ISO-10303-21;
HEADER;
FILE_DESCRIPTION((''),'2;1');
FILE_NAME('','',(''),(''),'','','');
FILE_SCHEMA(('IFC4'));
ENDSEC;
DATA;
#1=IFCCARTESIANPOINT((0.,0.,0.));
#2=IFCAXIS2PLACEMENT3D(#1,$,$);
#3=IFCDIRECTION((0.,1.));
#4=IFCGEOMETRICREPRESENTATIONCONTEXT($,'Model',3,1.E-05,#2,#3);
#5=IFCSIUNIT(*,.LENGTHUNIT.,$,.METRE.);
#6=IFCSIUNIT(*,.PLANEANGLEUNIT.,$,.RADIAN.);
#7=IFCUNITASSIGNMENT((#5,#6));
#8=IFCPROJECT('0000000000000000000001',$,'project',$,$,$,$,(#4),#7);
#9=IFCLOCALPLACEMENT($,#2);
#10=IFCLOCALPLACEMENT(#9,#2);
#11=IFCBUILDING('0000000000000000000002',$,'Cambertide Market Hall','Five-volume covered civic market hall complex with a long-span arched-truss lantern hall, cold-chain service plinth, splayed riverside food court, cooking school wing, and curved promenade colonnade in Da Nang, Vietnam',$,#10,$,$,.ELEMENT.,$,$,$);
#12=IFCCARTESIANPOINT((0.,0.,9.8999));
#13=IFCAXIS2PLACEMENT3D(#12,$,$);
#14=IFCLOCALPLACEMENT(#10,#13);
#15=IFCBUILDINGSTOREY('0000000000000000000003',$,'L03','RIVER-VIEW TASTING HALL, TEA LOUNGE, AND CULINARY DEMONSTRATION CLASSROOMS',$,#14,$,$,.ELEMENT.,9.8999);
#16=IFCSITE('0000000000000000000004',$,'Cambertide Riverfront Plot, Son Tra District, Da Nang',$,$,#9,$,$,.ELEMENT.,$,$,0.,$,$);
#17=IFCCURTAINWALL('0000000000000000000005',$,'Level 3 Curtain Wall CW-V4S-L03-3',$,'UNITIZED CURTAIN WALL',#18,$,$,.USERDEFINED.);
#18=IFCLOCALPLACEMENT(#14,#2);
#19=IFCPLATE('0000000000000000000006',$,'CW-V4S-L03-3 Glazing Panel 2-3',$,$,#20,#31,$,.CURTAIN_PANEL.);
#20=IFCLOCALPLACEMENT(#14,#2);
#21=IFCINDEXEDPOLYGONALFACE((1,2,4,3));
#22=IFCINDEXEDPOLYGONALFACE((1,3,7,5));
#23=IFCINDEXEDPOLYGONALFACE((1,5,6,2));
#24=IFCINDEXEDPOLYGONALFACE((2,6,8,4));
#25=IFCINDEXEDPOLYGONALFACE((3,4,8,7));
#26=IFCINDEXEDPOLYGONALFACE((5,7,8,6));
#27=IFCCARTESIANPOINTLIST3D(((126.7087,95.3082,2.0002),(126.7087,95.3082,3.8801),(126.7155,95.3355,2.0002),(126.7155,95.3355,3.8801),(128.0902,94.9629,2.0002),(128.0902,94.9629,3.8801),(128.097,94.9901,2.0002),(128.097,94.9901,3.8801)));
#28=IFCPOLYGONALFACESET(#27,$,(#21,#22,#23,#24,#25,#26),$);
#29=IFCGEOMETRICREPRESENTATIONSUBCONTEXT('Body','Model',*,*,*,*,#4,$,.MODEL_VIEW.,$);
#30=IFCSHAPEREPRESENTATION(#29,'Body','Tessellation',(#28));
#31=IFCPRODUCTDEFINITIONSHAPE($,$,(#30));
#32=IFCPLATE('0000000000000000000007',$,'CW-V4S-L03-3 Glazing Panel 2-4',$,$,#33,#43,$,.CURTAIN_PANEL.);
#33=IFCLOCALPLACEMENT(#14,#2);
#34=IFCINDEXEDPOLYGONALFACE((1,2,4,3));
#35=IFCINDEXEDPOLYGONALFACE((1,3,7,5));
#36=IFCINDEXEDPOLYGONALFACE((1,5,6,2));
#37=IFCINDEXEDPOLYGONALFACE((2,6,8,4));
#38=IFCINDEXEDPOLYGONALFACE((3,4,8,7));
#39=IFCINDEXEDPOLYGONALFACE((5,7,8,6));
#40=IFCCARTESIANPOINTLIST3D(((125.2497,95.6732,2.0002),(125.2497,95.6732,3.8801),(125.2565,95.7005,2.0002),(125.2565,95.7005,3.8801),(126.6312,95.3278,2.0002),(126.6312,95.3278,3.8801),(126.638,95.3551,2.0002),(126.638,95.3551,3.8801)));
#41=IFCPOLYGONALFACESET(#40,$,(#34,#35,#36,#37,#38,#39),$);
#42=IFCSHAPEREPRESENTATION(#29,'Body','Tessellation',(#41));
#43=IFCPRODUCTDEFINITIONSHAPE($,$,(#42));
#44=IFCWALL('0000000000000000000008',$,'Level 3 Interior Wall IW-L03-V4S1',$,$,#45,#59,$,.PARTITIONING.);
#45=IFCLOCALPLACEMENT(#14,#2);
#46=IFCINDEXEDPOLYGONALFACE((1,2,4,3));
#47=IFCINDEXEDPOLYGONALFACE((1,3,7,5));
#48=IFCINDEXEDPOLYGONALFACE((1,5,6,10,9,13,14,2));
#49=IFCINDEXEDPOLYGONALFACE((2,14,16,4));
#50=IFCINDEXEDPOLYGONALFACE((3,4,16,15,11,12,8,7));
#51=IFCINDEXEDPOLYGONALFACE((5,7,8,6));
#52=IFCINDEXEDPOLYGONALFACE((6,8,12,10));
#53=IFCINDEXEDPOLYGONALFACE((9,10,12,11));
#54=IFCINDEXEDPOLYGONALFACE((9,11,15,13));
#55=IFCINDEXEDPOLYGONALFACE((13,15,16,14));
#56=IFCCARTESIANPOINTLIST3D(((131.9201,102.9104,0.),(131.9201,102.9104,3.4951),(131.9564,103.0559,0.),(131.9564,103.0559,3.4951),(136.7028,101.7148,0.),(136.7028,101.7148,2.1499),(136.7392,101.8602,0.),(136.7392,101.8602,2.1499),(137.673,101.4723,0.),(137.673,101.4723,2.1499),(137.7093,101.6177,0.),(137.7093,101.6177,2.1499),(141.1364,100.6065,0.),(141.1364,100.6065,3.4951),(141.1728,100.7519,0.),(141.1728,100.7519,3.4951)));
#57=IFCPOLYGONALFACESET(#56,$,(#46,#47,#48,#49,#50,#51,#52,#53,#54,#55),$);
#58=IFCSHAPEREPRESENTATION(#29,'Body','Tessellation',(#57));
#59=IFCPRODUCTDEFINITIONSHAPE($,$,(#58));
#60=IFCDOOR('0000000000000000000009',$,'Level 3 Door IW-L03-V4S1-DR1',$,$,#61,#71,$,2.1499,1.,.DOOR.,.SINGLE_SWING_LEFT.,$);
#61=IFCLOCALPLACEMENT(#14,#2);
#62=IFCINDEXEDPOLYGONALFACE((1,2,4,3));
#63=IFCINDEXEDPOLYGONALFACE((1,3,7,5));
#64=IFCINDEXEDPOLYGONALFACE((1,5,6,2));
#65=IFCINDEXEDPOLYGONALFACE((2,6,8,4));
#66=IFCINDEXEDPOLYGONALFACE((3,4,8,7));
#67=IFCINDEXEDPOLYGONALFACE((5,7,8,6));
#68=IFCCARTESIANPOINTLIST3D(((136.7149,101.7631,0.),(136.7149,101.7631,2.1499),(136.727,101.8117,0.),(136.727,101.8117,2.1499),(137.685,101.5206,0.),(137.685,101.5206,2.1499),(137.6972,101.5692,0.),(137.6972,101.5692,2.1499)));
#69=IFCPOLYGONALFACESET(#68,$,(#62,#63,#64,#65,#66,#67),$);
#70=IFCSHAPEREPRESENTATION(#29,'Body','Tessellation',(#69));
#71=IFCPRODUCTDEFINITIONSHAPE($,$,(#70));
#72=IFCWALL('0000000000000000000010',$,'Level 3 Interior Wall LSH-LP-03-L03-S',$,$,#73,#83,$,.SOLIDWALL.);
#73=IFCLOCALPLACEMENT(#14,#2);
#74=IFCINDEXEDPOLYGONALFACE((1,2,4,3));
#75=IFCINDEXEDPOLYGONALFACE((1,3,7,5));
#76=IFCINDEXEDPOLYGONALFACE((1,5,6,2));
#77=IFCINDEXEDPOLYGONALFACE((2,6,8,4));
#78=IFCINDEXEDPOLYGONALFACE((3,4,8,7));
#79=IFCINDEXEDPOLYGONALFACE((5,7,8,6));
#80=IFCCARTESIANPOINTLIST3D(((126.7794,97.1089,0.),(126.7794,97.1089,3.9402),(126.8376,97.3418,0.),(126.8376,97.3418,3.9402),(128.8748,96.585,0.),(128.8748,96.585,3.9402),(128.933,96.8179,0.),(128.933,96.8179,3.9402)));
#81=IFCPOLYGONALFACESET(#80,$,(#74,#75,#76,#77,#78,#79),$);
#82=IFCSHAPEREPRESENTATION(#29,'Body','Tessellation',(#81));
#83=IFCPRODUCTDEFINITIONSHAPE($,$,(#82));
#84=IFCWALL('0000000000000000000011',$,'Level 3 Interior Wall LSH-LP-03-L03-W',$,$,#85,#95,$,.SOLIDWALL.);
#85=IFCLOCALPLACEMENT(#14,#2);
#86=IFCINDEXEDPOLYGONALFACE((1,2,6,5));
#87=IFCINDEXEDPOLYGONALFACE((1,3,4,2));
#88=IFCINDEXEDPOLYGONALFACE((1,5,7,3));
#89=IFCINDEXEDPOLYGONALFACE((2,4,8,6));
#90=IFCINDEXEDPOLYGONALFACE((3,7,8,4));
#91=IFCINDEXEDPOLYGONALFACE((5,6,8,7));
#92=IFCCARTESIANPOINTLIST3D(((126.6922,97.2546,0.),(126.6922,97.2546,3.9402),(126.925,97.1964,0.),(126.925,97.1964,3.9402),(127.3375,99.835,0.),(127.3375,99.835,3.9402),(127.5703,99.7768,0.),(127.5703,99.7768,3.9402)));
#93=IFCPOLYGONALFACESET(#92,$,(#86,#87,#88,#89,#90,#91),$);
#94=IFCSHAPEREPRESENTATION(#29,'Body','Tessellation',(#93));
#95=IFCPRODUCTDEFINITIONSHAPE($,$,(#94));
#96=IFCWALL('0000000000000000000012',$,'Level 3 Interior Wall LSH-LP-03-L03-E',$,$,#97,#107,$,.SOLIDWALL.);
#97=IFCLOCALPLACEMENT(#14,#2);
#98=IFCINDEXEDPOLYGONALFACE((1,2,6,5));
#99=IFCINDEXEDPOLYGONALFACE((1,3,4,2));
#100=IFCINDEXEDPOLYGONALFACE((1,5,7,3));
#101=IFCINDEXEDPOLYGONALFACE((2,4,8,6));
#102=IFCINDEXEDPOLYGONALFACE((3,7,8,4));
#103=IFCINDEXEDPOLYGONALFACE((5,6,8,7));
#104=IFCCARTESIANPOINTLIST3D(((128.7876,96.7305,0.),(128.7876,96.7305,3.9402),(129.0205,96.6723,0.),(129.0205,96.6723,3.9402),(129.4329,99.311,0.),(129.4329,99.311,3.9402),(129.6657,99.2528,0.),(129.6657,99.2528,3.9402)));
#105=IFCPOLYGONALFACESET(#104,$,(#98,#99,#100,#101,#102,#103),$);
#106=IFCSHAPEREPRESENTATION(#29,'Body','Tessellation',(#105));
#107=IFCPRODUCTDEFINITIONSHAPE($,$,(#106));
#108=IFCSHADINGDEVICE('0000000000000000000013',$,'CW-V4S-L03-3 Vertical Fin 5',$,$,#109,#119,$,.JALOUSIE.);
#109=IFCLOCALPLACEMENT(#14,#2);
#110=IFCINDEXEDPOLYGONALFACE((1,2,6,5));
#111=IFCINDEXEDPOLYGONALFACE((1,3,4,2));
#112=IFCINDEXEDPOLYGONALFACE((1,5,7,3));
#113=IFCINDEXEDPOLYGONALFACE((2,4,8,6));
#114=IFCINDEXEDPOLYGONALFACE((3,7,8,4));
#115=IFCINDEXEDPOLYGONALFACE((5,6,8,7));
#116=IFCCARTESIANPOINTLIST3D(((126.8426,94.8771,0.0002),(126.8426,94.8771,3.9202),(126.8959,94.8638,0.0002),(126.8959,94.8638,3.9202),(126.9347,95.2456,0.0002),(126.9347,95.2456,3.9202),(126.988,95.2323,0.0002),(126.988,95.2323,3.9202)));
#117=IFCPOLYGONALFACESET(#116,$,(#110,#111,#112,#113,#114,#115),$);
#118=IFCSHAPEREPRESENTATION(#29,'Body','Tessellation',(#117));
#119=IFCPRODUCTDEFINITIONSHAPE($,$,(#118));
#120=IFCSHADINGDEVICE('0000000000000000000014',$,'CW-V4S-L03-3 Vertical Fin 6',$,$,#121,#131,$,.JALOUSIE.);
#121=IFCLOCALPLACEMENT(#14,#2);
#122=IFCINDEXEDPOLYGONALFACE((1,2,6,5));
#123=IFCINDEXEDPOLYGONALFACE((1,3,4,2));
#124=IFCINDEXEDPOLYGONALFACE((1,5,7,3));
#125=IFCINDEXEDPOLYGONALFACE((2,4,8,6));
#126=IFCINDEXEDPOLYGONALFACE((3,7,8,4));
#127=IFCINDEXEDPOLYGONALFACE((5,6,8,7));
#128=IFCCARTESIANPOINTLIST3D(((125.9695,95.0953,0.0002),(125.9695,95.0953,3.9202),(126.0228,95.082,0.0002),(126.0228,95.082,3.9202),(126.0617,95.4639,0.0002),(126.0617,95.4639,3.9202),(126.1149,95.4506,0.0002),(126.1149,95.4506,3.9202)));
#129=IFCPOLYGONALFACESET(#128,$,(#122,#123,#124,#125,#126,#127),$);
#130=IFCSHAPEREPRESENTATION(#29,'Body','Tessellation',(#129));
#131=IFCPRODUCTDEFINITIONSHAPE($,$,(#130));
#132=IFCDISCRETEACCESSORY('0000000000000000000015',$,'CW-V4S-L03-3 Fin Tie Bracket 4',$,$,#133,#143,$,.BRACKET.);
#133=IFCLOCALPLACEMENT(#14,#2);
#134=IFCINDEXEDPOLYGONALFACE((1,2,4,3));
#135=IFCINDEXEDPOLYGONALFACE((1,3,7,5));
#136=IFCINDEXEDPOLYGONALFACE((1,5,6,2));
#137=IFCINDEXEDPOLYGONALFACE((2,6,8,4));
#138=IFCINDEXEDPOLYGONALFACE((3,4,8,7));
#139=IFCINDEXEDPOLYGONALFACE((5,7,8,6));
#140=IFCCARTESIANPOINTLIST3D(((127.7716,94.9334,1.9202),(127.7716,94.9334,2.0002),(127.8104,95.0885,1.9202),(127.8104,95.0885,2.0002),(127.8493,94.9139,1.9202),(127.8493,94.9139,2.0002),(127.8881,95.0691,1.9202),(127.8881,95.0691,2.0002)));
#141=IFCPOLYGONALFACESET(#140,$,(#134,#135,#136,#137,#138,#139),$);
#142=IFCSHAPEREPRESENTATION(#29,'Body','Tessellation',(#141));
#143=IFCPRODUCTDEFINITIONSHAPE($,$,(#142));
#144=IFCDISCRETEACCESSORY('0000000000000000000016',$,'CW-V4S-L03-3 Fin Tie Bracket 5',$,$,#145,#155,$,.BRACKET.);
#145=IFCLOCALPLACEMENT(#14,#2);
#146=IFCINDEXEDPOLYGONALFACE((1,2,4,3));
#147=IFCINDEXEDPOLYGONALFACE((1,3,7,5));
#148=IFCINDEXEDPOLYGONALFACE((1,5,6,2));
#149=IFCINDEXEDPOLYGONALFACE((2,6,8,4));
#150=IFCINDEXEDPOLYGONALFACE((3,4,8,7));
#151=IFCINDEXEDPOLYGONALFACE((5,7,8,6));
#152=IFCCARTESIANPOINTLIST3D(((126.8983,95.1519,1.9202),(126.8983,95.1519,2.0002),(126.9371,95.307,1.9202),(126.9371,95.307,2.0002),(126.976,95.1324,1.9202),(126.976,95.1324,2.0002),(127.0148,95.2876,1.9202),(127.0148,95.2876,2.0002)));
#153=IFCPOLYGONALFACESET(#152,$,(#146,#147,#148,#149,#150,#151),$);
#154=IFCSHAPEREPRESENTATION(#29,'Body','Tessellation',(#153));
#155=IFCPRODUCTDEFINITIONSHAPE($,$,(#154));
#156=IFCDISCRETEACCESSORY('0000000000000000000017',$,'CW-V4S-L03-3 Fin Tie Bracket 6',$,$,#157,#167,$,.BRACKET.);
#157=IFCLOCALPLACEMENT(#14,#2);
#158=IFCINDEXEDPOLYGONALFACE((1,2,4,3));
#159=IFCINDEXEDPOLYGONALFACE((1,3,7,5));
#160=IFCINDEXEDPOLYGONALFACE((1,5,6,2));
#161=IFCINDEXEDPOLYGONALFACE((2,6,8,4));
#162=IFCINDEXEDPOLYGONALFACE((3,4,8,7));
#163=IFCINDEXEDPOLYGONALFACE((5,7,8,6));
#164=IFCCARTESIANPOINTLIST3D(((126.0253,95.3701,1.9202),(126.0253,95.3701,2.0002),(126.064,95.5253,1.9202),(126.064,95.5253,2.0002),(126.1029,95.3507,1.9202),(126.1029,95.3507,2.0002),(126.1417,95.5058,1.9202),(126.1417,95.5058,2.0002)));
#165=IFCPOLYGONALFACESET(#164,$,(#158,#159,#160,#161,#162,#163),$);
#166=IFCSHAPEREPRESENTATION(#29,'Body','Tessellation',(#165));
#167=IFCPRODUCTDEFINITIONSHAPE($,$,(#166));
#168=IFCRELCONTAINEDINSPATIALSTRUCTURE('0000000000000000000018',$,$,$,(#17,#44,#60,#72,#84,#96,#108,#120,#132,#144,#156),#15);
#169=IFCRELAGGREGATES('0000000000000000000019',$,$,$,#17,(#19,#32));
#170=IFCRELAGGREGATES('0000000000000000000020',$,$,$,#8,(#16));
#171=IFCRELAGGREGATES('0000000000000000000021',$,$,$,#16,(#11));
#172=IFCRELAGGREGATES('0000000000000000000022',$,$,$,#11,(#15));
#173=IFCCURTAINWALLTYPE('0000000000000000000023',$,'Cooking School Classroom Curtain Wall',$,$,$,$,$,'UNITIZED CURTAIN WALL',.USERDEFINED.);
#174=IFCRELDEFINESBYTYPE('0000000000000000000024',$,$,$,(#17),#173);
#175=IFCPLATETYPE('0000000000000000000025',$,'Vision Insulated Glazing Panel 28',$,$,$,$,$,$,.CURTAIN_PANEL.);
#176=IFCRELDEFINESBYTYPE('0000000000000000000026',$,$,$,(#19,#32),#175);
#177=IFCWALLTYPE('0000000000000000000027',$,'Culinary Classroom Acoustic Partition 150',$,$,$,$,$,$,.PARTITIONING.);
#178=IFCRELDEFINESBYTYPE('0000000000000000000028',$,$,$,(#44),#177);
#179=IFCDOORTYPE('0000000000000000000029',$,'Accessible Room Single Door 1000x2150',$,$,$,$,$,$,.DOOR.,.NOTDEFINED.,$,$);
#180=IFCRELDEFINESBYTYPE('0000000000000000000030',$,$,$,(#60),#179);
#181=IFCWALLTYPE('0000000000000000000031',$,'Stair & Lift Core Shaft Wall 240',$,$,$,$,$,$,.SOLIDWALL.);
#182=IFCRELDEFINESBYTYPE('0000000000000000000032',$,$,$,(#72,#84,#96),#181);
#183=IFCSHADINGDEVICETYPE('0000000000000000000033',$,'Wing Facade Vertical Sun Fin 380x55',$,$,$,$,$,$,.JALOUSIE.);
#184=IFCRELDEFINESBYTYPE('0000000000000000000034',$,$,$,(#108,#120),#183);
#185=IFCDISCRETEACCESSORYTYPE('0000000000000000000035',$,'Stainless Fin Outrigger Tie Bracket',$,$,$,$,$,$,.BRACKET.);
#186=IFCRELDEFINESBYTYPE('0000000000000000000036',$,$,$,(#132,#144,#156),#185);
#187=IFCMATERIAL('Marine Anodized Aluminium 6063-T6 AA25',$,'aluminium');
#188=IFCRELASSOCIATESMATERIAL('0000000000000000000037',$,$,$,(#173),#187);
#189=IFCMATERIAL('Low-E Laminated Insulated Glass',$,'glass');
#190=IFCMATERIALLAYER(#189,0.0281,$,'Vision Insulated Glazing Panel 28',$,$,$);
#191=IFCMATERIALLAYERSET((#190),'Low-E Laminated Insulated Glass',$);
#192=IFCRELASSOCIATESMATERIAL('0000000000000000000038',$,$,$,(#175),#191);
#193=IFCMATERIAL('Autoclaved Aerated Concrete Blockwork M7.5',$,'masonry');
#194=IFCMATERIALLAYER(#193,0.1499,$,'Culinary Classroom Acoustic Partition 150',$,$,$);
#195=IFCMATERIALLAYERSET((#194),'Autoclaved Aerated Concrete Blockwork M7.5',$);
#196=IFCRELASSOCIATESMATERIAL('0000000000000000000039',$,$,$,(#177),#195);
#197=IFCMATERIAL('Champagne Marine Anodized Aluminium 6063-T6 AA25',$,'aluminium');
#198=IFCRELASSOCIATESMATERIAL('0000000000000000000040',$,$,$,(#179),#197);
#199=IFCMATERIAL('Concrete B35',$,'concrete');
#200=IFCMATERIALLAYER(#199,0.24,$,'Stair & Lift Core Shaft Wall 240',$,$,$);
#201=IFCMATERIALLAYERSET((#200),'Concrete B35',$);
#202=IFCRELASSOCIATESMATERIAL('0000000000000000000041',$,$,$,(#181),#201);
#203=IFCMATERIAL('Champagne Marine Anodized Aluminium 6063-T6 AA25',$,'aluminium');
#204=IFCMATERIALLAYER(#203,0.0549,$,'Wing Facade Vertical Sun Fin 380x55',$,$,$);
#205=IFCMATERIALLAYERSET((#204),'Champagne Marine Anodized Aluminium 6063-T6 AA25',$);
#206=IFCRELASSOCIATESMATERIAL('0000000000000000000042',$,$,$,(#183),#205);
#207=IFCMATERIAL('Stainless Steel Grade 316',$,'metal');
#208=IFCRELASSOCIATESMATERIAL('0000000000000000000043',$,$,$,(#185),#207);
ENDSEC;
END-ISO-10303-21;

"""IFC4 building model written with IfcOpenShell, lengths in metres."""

from ifc_helpers import new_model, si_unit, direction, frame, frame_2d, origin, origin_2d, place, context, subcontext, project, spatial, rectangle, extrude, material, layer, layer_set, type_object, element, fill, aggregate, save


model = new_model("IFC4")

# Units and contexts
model_context = context("Model", 3, precision=1e-05, world=origin(), true_north=direction((0.0, 1.0)))
body_context = subcontext(model_context, "Body", "Model", "MODEL_VIEW")
ifc_project = project(units=[si_unit("LENGTHUNIT", "METRE"), si_unit("PLANEANGLEUNIT", "RADIAN")], contexts=[model_context])

# Site, building, storey
site_placement = place(None, origin())
site = spatial("IfcSite", under=ifc_project, at=site_placement, Name="Cambertide Riverfront Plot, Son Tra District, Da Nang", CompositionType="ELEMENT", RefElevation=0.0)
building_placement = place(site_placement, origin())
building = spatial("IfcBuilding", under=site, at=building_placement, Name="Cambertide Market Hall", Description="Five-volume covered civic market hall complex with a long-span arched-truss lantern hall, cold-chain service plinth, splayed riverside food court, cooking school wing, and curved promenade colonnade in Da Nang, Vietnam", CompositionType="ELEMENT")
storey_placement = place(building_placement, frame((0.0, 0.0, 9.8999)))
storey = spatial("IfcBuildingStorey", under=building, at=storey_placement, Name="L03", Description="RIVER-VIEW TASTING HALL, TEA LOUNGE, AND CULINARY DEMONSTRATION CLASSROOMS", CompositionType="ELEMENT", Elevation=9.8999)

# Curtain wall
ifc_material_1 = material(Name="Marine Anodized Aluminium 6063-T6 AA25", Category="aluminium")
curtain_wall_type = type_object("IfcCurtainWallType", Name="Cooking School Classroom Curtain Wall", ElementType="UNITIZED CURTAIN WALL", PredefinedType="USERDEFINED", material=ifc_material_1)
curtain_wall_placement = place(storey_placement, origin())
curtain_wall = element("IfcCurtainWall", 1, at=curtain_wall_placement, inside=storey, type_object=curtain_wall_type, Name="Level 3 Curtain Wall CW-V4S-L03-3", ObjectType="UNITIZED CURTAIN WALL", PredefinedType="USERDEFINED")

# Plates
ifc_material_2 = material(Name="Low-E Laminated Insulated Glass", Category="glass")
ifc_layer_1 = layer(ifc_material_2, 0.0281, Name="Vision Insulated Glazing Panel 28")
ifc_layer_set_1 = layer_set([ifc_layer_1], Name="Low-E Laminated Insulated Glass")
plate_type = type_object("IfcPlateType", Name="Vision Insulated Glazing Panel 28", PredefinedType="CURTAIN_PANEL", material=ifc_layer_set_1)
plate_1_placement = place(storey_placement, frame((127.4028, 95.1492, 2.0002), z_axis=(0.0, 0.0, 1.0), x_axis=(-0.970143, 0.242535, 0.0)))
plate_1 = element("IfcPlate", 2, at=plate_1_placement, type_object=plate_type, Name="CW-V4S-L03-3 Glazing Panel 2-3", PredefinedType="CURTAIN_PANEL", context=body_context, shape_type="SweptSolid", body=[
    extrude(rectangle(XDim=1.4241, YDim=0.0281, at=origin_2d()), origin(), (0.0, 0.0, 1.0), 1.8799),
])
plate_2_placement = place(storey_placement, frame((125.9438, 95.5142, 2.0002), z_axis=(0.0, 0.0, 1.0), x_axis=(-0.970143, 0.242535, 0.0)))
plate_2 = element("IfcPlate", 3, at=plate_2_placement, type_object=plate_type, Name="CW-V4S-L03-3 Glazing Panel 2-4", PredefinedType="CURTAIN_PANEL", context=body_context, shape_type="SweptSolid", body=[
    extrude(rectangle(XDim=1.4241, YDim=0.0281, at=origin_2d()), origin(), (0.0, 0.0, 1.0), 1.8799),
])
aggregate(curtain_wall, [plate_1, plate_2])

# Wall, opening, door
ifc_material_3 = material(Name="Autoclaved Aerated Concrete Blockwork M7.5", Category="masonry")
ifc_layer_2 = layer(ifc_material_3, 0.1499, Name="Culinary Classroom Acoustic Partition 150")
ifc_layer_set_2 = layer_set([ifc_layer_2], Name="Autoclaved Aerated Concrete Blockwork M7.5")
wall_type_1 = type_object("IfcWallType", Name="Culinary Classroom Acoustic Partition 150", PredefinedType="PARTITIONING", material=ifc_layer_set_2)
wall_1_placement = place(storey_placement, frame((131.9382, 102.9832, 0.0), z_axis=(0.0, 0.0, 1.0), x_axis=(0.970146, -0.242524, 0.0)))
wall_1 = element("IfcWall", 4, at=wall_1_placement, inside=storey, type_object=wall_type_1, Name="Level 3 Interior Wall IW-L03-V4S1", PredefinedType="PARTITIONING", context=body_context, shape_type="SweptSolid", body=[
    extrude(rectangle(XDim=9.5, YDim=0.1499, at=frame_2d((4.75, 0.0))), origin(), (0.0, 0.0, 1.0), 3.4951),
])
opening_1_placement = place(wall_1_placement, frame((4.9299, 0.0, 0.0)))
opening_1 = element("IfcOpeningElement", 5, at=opening_1_placement, cuts=wall_1, PredefinedType="OPENING", context=body_context, shape_type="SweptSolid", body=[
    extrude(rectangle(XDim=1.0, YDim=2.1499, at=frame_2d((0.5, 1.075))), frame((0.0, 0.085, 0.0), z_axis=(0.0, -1.0, 0.0), x_axis=(1.0, 0.0, 0.0)), (0.0, 0.0, 1.0), 0.1699),
])
ifc_material_4 = material(Name="Champagne Marine Anodized Aluminium 6063-T6 AA25", Category="aluminium")
door_type_1 = type_object("IfcDoorType", Name="Accessible Room Single Door 1000x2150", OperationType="NOTDEFINED", PredefinedType="DOOR", material=ifc_material_4)
door_1_placement = place(opening_1_placement, origin())
door_1 = element("IfcDoor", 6, at=door_1_placement, inside=storey, type_object=door_type_1, Name="Level 3 Door IW-L03-V4S1-DR1", OperationType="SINGLE_SWING_LEFT", OverallHeight=2.1499, OverallWidth=1.0, PredefinedType="DOOR", context=body_context, shape_type="SweptSolid", body=[
    extrude(rectangle(XDim=1.0, YDim=2.1499, at=frame_2d((0.5, 1.075))), frame((0.0, 0.0249, 0.0), z_axis=(0.0, -1.0, 0.0), x_axis=(1.0, 0.0, 0.0)), (0.0, 0.0, 1.0), 0.05),
])
fill(opening_1, door_1)

# Wall
ifc_material_5 = material(Name="Concrete B35", Category="concrete")
ifc_layer_3 = layer(ifc_material_5, 0.24, Name="Stair & Lift Core Shaft Wall 240")
ifc_layer_set_3 = layer_set([ifc_layer_3], Name="Concrete B35")
wall_type_2 = type_object("IfcWallType", Name="Stair & Lift Core Shaft Wall 240", PredefinedType="SOLIDWALL", material=ifc_layer_set_3)
wall_2_placement = place(storey_placement, frame((128.9041, 96.7014, 0.0), z_axis=(0.0, 0.0, 1.0), x_axis=(-0.970136, 0.242562, 0.0)))
element("IfcWall", 7, at=wall_2_placement, inside=storey, type_object=wall_type_2, Name="Level 3 Interior Wall LSH-LP-03-L03-S", PredefinedType="SOLIDWALL", context=body_context, shape_type="SweptSolid", body=[
    extrude(rectangle(XDim=2.1599, YDim=0.24, at=frame_2d((1.0801, 0.0))), origin(), (0.0, 0.0, 1.0), 3.9402),
])

# Walls
for number, where, z_axis, x_axis, name in (
    (8, (126.8086, 97.2253, 0.0), (0.0, 0.0, 1.0), (0.242579, 0.970132, 0.0), "Level 3 Interior Wall LSH-LP-03-L03-W"),
    (9, (129.5493, 99.282, 0.0), (0.0, 0.0, 1.0), (-0.242579, -0.970132, 0.0), "Level 3 Interior Wall LSH-LP-03-L03-E"),
):
    element("IfcWall", number, at=place(storey_placement, frame(where, z_axis=z_axis, x_axis=x_axis)), inside=storey, type_object=wall_type_2, Name=name, PredefinedType="SOLIDWALL", context=body_context, shape_type="SweptSolid", body=[
        extrude(rectangle(XDim=2.6599, YDim=0.24, at=frame_2d((1.3301, 0.0))), origin(), (0.0, 0.0, 1.0), 3.9402),
    ])

# Shading devices
ifc_material_6 = material(Name="Champagne Marine Anodized Aluminium 6063-T6 AA25", Category="aluminium")
ifc_layer_4 = layer(ifc_material_6, 0.0549, Name="Wing Facade Vertical Sun Fin 380x55")
ifc_layer_set_4 = layer_set([ifc_layer_4], Name="Champagne Marine Anodized Aluminium 6063-T6 AA25")
shading_device_type = type_object("IfcShadingDeviceType", Name="Wing Facade Vertical Sun Fin 380x55", PredefinedType="JALOUSIE", material=ifc_layer_set_4)
for number, where, z_axis, x_axis, name in (
    (10, (126.9153, 95.0547, 0.0002), (0.0, 0.0, 1.0), (-0.970143, 0.242535, 0.0), "CW-V4S-L03-3 Vertical Fin 5"),
    (11, (126.0422, 95.2729, 0.0002), (0.0, 0.0, 1.0), (-0.970143, 0.242535, 0.0), "CW-V4S-L03-3 Vertical Fin 6"),
):
    element("IfcShadingDevice", number, at=place(storey_placement, frame(where, z_axis=z_axis, x_axis=x_axis)), inside=storey, type_object=shading_device_type, Name=name, PredefinedType="JALOUSIE", context=body_context, shape_type="SweptSolid", body=[
        extrude(rectangle(XDim=0.0549, YDim=0.3799, at=origin_2d()), origin(), (0.0, 0.0, 1.0), 3.9199),
    ])

# Discrete accessories
ifc_material_7 = material(Name="Stainless Steel Grade 316", Category="metal")
discrete_accessory_type = type_object("IfcDiscreteAccessoryType", Name="Stainless Fin Outrigger Tie Bracket", PredefinedType="BRACKET", material=ifc_material_7)
for number, where, z_axis, x_axis, name in (
    (12, (127.8298, 95.0012, 1.9202), (0.0, 0.0, 1.0), (-0.970143, 0.242535, 0.0), "CW-V4S-L03-3 Fin Tie Bracket 4"),
    (13, (126.9565, 95.2197, 1.9202), (0.0, 0.0, 1.0), (-0.970143, 0.242535, 0.0), "CW-V4S-L03-3 Fin Tie Bracket 5"),
    (14, (126.0835, 95.438, 1.9202), (0.0, 0.0, 1.0), (-0.970143, 0.242535, 0.0), "CW-V4S-L03-3 Fin Tie Bracket 6"),
):
    element("IfcDiscreteAccessory", number, at=place(storey_placement, frame(where, z_axis=z_axis, x_axis=x_axis)), inside=storey, type_object=discrete_accessory_type, Name=name, PredefinedType="BRACKET", context=body_context, shape_type="SweptSolid", body=[
        extrude(rectangle(XDim=0.0801, YDim=0.1599, at=origin_2d()), origin(), (0.0, 0.0, 1.0), 0.0801),
    ])

save(model, "model.ifc")
